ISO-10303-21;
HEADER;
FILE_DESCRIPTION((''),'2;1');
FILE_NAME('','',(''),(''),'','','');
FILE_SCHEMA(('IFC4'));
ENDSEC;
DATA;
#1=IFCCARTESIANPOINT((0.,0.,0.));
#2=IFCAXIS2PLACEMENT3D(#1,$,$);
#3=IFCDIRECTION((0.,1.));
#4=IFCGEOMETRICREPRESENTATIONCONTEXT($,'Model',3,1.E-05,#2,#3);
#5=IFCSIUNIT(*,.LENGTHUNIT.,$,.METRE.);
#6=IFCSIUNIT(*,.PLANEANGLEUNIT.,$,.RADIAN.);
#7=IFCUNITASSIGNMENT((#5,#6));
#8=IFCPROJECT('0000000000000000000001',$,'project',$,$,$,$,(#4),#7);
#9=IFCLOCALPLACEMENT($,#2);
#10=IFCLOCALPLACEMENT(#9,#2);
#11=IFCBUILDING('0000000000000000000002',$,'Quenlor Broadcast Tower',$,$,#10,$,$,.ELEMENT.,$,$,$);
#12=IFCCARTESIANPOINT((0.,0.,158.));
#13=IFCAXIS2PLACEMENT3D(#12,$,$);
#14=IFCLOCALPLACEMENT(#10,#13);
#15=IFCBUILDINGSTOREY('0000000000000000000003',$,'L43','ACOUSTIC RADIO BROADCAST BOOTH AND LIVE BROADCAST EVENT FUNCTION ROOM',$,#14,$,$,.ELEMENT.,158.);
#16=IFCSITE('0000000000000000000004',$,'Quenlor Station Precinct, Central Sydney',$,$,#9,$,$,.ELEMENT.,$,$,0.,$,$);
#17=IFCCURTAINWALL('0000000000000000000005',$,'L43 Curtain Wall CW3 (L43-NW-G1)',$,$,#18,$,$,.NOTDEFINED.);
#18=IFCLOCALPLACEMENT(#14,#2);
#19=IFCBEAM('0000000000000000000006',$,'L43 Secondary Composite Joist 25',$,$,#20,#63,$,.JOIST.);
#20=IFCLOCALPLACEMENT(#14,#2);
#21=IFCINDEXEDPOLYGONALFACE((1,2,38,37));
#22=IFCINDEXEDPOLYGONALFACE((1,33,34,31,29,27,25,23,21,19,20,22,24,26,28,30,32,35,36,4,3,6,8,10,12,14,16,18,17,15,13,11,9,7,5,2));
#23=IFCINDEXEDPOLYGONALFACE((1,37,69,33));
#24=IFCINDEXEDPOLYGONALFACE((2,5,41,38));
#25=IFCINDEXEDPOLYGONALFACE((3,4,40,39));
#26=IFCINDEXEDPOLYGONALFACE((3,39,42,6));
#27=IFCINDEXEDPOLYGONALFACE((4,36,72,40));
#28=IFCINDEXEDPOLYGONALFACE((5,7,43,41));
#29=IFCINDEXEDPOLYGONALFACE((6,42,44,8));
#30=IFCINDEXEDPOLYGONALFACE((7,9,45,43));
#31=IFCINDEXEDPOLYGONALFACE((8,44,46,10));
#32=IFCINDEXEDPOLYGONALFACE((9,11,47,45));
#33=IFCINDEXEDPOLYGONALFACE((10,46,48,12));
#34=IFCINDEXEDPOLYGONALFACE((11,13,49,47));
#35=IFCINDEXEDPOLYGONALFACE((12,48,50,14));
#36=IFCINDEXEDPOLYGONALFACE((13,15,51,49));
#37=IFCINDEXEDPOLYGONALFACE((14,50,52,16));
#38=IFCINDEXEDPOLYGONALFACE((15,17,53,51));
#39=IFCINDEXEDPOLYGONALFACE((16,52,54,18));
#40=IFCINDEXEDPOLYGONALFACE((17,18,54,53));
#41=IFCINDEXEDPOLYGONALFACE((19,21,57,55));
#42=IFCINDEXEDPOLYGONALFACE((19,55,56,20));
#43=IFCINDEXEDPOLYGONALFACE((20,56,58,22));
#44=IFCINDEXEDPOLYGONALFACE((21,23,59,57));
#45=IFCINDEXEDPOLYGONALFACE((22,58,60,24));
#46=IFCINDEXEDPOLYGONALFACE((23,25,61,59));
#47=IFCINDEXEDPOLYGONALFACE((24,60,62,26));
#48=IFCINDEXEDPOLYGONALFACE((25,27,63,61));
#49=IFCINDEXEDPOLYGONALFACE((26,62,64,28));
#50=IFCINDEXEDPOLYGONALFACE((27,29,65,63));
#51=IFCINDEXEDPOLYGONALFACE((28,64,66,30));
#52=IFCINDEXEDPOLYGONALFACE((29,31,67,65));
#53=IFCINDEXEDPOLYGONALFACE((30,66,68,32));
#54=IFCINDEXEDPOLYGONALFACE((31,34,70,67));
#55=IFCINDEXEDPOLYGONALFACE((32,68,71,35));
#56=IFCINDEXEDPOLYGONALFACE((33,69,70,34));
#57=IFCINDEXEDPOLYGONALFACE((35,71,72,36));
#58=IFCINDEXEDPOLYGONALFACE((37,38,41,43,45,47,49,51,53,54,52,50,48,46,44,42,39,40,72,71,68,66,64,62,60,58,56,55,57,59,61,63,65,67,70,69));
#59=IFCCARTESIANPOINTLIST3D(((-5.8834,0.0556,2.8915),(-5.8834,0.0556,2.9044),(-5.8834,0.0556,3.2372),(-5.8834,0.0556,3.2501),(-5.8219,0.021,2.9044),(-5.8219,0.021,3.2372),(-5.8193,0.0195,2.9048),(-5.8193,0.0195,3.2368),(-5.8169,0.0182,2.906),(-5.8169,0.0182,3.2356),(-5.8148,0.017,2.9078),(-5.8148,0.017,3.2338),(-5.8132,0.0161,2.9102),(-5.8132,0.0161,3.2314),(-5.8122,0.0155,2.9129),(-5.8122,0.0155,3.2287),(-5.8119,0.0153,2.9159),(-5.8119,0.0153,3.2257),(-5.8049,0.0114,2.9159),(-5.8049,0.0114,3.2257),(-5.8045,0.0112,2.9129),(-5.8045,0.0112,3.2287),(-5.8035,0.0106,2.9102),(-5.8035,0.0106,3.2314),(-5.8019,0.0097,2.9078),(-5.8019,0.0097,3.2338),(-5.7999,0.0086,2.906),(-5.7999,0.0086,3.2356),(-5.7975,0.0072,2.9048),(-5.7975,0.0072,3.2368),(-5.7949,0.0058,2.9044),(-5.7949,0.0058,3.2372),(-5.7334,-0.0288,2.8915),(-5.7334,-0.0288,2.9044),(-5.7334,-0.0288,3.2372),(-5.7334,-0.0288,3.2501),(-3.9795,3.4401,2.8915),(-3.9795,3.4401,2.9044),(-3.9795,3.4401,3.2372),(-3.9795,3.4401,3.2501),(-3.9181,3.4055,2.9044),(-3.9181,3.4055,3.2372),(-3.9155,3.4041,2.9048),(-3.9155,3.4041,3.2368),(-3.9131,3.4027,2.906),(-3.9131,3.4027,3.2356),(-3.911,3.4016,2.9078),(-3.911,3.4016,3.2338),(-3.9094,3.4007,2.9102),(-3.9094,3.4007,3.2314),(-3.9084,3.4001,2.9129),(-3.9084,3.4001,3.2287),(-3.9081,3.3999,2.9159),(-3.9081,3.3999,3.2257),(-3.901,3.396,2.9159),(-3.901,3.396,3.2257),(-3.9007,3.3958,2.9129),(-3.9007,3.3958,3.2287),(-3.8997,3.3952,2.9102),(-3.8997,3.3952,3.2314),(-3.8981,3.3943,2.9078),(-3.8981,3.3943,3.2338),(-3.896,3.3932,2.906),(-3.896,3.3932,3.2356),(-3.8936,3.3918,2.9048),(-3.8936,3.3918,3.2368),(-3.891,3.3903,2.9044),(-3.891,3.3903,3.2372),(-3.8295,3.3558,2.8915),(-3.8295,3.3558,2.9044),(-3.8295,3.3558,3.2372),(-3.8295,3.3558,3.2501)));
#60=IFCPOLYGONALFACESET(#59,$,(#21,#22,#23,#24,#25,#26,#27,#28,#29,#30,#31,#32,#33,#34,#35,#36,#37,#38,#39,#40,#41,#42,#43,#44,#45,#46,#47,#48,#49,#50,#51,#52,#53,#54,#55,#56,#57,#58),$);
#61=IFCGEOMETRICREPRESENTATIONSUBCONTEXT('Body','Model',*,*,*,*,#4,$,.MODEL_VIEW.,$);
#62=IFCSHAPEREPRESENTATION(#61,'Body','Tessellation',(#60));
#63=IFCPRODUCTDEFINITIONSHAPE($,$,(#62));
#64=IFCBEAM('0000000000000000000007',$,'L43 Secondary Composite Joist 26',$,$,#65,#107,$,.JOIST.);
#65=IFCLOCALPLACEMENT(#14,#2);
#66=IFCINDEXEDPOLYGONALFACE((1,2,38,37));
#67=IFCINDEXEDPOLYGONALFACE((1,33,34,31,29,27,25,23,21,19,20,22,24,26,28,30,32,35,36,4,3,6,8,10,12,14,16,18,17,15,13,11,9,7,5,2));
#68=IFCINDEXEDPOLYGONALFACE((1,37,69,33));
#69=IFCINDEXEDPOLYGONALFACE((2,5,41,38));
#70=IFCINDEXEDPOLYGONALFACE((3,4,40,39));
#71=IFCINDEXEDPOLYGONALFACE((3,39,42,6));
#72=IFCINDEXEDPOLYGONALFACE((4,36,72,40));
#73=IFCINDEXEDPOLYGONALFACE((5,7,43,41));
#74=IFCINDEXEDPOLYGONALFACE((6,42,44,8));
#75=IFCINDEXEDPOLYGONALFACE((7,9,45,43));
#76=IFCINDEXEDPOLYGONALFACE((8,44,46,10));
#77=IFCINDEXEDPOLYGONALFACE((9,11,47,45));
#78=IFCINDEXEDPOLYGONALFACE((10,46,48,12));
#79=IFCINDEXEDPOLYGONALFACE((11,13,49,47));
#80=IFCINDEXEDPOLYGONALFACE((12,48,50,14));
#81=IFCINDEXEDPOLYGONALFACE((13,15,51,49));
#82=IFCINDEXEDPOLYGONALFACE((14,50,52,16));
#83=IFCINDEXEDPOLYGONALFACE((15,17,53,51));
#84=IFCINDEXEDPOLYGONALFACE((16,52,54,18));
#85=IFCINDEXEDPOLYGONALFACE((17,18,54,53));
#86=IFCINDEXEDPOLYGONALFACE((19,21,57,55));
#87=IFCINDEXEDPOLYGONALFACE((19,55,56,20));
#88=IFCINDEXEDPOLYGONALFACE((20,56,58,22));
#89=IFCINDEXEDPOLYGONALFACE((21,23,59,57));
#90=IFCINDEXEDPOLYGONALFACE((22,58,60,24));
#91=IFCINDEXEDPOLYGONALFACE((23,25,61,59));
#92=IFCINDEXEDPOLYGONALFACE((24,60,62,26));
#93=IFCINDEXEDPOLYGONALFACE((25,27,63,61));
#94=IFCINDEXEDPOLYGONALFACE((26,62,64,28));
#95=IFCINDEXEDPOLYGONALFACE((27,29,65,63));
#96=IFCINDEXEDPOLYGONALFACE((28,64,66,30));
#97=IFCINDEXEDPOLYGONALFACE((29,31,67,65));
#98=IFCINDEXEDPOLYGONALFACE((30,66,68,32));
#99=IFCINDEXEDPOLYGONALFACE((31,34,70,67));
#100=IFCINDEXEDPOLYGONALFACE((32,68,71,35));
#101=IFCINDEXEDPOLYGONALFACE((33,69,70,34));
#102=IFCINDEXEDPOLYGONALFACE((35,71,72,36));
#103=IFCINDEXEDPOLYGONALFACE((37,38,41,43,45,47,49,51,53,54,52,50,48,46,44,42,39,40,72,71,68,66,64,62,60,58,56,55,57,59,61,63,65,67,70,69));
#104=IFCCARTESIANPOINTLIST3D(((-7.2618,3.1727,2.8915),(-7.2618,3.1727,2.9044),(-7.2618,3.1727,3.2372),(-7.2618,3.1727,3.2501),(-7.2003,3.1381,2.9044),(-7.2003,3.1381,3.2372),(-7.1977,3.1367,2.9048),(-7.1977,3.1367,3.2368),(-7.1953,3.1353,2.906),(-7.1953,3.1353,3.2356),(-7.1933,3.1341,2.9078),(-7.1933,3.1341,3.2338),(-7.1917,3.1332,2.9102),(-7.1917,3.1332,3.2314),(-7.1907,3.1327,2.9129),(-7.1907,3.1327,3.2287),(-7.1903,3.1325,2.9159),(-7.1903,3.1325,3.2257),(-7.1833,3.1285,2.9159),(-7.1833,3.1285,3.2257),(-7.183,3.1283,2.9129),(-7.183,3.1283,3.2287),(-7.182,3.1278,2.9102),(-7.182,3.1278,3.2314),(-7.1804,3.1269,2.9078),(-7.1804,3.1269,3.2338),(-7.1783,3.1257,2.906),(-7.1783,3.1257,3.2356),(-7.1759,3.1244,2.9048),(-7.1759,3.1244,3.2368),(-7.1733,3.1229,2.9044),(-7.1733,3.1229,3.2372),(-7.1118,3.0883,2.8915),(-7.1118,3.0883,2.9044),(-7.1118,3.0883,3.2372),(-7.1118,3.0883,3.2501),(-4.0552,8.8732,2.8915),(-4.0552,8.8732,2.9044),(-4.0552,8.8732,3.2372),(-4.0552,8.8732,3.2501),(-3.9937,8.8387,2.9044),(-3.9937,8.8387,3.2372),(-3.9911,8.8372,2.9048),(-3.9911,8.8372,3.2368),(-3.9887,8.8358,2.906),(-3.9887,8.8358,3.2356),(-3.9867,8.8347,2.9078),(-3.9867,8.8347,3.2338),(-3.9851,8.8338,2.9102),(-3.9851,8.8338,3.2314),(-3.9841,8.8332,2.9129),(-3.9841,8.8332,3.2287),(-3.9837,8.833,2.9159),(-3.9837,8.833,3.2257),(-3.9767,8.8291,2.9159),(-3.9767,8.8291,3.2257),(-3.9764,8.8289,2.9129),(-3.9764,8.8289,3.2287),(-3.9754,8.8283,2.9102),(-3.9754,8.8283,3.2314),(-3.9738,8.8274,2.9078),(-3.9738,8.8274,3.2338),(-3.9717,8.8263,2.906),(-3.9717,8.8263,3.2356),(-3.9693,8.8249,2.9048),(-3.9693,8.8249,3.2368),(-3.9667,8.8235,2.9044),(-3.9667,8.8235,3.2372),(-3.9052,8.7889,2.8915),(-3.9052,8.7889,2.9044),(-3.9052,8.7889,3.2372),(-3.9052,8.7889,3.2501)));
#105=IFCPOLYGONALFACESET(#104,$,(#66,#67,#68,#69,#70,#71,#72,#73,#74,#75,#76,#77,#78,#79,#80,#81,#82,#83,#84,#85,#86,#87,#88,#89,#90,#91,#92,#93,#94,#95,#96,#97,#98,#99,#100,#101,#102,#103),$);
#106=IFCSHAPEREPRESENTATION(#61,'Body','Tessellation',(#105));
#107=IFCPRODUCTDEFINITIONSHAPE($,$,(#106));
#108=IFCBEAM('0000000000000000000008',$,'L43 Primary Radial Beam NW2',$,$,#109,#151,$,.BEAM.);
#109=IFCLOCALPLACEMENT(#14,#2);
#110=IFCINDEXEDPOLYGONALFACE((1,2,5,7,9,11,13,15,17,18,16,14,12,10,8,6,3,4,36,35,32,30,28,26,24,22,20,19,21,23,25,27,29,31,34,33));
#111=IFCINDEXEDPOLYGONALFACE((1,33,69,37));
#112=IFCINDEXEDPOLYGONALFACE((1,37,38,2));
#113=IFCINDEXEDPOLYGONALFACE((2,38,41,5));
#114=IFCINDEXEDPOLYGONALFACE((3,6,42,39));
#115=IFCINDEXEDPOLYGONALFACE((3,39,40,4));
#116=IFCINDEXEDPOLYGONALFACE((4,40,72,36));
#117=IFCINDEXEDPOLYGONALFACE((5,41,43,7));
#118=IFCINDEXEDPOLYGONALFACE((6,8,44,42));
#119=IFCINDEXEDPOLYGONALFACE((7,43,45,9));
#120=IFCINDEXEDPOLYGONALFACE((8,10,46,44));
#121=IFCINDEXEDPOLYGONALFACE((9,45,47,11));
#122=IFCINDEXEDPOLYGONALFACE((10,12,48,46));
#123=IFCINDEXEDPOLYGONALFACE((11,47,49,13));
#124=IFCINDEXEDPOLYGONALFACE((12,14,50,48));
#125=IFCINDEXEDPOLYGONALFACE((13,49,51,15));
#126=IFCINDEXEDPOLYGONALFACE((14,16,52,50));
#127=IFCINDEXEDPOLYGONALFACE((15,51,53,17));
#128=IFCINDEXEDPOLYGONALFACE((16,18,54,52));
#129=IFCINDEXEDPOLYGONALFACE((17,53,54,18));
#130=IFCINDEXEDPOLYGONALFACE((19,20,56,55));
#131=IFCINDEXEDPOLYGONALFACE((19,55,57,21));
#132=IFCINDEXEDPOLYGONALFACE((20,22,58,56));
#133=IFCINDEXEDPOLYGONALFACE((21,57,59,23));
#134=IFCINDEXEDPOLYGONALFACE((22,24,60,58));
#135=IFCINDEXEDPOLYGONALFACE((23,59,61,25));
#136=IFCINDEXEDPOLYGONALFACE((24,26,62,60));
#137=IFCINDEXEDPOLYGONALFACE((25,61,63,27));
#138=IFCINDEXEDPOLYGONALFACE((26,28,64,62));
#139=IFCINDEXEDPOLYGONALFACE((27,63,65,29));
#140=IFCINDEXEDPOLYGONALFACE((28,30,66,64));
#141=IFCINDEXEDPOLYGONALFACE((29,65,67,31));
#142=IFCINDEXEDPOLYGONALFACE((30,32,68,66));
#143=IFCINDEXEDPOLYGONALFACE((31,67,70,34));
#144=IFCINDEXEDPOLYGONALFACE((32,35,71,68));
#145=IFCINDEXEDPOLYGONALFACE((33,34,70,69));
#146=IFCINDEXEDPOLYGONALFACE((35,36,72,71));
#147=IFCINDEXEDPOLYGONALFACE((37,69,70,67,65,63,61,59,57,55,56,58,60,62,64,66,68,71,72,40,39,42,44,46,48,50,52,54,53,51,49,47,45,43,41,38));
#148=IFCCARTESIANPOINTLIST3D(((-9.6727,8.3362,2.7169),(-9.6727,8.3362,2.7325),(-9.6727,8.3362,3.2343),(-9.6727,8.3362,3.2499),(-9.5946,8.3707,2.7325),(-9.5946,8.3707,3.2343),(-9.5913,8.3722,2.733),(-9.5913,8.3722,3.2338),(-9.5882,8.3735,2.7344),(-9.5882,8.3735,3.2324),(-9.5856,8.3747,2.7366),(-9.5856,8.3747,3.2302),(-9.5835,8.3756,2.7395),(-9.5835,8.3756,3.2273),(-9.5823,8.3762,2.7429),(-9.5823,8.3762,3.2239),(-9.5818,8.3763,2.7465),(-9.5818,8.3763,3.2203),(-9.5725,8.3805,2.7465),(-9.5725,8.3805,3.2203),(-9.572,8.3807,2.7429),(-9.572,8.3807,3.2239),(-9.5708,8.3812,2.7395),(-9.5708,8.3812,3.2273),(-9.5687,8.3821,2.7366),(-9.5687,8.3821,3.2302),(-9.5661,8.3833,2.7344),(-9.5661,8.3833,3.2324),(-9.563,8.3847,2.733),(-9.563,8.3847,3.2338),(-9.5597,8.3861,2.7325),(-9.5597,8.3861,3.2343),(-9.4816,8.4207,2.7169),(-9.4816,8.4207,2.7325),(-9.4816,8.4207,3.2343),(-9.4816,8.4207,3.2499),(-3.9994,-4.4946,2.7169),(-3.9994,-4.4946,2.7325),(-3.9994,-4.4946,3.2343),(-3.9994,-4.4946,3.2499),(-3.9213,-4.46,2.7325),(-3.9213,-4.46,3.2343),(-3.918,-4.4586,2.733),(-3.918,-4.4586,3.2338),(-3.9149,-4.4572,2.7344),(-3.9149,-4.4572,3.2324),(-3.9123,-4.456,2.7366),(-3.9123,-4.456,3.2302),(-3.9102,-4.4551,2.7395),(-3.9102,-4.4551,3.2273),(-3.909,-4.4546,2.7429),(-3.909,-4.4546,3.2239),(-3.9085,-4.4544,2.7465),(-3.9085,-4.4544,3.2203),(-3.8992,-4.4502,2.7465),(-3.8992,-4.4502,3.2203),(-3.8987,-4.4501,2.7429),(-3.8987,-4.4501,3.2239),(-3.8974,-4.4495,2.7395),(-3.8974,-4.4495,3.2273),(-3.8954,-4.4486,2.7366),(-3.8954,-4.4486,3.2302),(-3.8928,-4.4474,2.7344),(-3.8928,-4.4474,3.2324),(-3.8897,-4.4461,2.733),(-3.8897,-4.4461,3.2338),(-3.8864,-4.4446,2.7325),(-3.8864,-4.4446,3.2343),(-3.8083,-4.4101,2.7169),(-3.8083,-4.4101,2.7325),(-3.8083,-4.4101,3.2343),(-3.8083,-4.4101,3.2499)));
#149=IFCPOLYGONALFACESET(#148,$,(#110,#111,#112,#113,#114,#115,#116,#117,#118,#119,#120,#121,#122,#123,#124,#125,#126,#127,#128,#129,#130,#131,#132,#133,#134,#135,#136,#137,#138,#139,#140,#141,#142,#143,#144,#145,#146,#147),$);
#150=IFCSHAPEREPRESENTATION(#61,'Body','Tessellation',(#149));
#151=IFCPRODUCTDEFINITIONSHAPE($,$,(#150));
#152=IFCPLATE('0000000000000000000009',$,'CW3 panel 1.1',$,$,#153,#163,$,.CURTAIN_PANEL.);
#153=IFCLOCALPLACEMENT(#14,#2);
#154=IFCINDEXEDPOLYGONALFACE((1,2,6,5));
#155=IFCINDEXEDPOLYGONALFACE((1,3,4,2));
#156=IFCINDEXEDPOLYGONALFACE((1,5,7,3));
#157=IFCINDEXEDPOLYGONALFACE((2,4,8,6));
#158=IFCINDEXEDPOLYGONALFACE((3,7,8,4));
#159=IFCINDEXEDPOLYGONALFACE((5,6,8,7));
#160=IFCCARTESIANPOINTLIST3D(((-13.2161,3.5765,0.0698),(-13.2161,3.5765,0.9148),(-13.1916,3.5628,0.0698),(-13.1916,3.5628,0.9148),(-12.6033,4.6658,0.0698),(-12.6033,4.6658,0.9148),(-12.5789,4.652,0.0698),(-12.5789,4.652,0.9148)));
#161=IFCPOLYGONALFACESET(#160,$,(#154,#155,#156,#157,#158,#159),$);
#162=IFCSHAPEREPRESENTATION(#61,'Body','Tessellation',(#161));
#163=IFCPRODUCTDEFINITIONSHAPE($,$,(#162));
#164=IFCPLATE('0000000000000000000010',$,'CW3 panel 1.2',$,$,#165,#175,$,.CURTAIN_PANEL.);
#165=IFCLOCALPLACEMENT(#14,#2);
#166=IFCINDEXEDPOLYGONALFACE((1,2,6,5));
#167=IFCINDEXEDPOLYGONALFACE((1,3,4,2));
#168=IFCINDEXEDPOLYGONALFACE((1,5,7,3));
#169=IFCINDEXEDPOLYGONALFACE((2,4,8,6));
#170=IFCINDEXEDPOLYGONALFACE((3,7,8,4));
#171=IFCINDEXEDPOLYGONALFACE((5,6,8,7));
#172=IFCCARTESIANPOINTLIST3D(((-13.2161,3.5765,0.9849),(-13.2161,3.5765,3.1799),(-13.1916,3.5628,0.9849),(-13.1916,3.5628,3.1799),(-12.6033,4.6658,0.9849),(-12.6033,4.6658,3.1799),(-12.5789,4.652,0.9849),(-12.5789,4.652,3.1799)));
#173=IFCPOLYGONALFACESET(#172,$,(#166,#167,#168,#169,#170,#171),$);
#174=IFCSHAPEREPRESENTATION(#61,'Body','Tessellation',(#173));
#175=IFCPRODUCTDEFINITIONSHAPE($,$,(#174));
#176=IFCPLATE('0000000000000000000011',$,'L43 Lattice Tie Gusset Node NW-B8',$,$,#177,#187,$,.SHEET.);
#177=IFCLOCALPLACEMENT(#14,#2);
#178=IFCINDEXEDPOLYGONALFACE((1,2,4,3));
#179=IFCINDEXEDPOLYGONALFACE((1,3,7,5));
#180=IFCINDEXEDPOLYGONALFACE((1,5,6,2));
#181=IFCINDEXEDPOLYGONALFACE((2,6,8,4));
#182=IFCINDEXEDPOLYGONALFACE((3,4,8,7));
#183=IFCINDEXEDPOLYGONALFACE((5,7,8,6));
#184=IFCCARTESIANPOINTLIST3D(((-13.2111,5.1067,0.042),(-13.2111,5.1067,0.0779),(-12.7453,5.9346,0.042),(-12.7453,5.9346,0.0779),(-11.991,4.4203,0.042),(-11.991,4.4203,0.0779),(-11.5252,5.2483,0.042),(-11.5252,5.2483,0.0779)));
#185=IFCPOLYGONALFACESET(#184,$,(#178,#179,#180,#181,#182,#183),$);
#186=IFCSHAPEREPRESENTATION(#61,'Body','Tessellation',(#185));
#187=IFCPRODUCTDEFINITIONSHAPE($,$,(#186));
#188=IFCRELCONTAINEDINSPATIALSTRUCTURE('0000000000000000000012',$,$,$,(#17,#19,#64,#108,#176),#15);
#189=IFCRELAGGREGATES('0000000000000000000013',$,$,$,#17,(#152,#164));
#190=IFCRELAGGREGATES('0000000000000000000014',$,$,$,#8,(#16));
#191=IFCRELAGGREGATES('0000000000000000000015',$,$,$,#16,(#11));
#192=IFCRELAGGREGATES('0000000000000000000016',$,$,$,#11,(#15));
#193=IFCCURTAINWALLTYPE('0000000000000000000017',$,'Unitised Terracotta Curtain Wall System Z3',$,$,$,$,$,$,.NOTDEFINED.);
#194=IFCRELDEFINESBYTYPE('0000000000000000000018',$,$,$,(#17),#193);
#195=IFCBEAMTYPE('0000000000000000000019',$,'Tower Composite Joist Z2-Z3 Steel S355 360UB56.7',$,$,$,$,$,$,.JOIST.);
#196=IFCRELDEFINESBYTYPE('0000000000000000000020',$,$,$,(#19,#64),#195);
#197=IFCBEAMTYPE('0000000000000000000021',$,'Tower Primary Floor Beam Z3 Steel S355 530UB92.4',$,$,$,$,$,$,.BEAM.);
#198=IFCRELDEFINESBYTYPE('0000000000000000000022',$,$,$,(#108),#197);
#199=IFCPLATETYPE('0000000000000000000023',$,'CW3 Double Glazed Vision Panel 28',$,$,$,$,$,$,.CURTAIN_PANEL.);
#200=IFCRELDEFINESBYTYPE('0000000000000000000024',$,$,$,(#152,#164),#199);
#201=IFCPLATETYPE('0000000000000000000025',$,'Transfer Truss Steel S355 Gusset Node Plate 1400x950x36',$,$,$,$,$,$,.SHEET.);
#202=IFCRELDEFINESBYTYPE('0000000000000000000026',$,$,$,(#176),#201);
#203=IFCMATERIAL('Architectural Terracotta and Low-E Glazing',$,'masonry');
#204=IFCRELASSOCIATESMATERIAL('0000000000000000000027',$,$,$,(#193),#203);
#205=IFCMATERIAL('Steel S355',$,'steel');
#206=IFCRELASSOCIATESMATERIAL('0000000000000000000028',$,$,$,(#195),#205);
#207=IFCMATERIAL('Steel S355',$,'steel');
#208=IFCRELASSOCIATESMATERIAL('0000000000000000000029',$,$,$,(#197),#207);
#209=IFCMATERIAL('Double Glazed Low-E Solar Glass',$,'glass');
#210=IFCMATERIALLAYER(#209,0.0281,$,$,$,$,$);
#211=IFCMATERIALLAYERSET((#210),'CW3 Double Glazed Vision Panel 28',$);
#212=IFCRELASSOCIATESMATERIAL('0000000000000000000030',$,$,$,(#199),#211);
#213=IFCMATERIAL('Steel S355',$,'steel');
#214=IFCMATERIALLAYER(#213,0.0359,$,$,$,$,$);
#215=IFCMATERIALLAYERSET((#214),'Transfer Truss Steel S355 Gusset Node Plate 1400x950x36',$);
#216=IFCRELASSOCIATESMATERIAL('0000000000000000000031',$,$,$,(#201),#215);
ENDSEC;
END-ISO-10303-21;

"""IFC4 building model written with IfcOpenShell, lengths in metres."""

from ifc_helpers import new_model, si_unit, direction, frame, origin, origin_2d, place, context, subcontext, project, spatial, rectangle, i_section, extrude, material, layer, layer_set, material_profile, profile_set, type_object, element, aggregate, save


model = new_model("IFC4")

# Units and contexts
model_context = context("Model", 3, precision=1e-05, world=origin(), true_north=direction((0.0, 1.0)))
body_context = subcontext(model_context, "Body", "Model", "MODEL_VIEW")
ifc_project = project(units=[si_unit("LENGTHUNIT", "METRE"), si_unit("PLANEANGLEUNIT", "RADIAN")], contexts=[model_context])

# Site, building, storey
site_placement = place(None, origin())
site = spatial("IfcSite", under=ifc_project, at=site_placement, Name="Quenlor Station Precinct, Central Sydney", CompositionType="ELEMENT", RefElevation=0.0)
building_placement = place(site_placement, origin())
building = spatial("IfcBuilding", under=site, at=building_placement, Name="Quenlor Broadcast Tower", CompositionType="ELEMENT")
storey_placement = place(building_placement, frame((0.0, 0.0, 158.0)))
storey = spatial("IfcBuildingStorey", under=building, at=storey_placement, Name="L43", Description="ACOUSTIC RADIO BROADCAST BOOTH AND LIVE BROADCAST EVENT FUNCTION ROOM", CompositionType="ELEMENT", Elevation=158.0)

# Shared definitions
ifc_material_1 = material(Name="Architectural Terracotta and Low-E Glazing", Category="masonry")
curtain_wall_type = type_object("IfcCurtainWallType", Name="Unitised Terracotta Curtain Wall System Z3", PredefinedType="NOTDEFINED", material=ifc_material_1)

# Curtain wall
curtain_wall_1_placement = place(storey_placement, origin())
curtain_wall_1 = element("IfcCurtainWall", 1, at=curtain_wall_1_placement, inside=storey, type_object=curtain_wall_type, Name="L43 Curtain Wall CW3 (L43-NW-G1)", PredefinedType="NOTDEFINED")

# Beams
ifc_material_2 = material(Name="Steel S355", Category="steel")
ifc_material_profile_1 = material_profile(ifc_material_2, i_section(OverallWidth=0.1721, OverallDepth=0.3586, WebThickness=0.0081, FlangeThickness=0.0129, FilletRadius=0.0115, at=origin_2d()))
ifc_profile_set_1 = profile_set([ifc_material_profile_1], Name="Steel S355 360UB56.7")
beam_type_1 = type_object("IfcBeamType", Name="Tower Composite Joist Z2-Z3 Steel S355 360UB56.7", PredefinedType="JOIST", material=ifc_profile_set_1)
beam_1_placement = place(storey_placement, frame((-3.9045, 3.3979, 3.0708), z_axis=(-0.490264, -0.871574, 0.0), x_axis=(0.871574, -0.490264, 0.0)))
element("IfcBeam", 2, at=beam_1_placement, inside=storey, type_object=beam_type_1, Name="L43 Secondary Composite Joist 25", PredefinedType="JOIST", context=body_context, shape_type="SweptSolid", body=[
    extrude(i_section(OverallWidth=0.1721, OverallDepth=0.3586, WebThickness=0.0081, FlangeThickness=0.0129, FilletRadius=0.0115, at=origin_2d()), origin(), (0.0, 0.0, 1.0), 3.8833),
])
beam_2_placement = place(storey_placement, frame((-3.9802, 8.8311, 3.0708), z_axis=(-0.490267, -0.871573, 0.0), x_axis=(0.871573, -0.490267, 0.0)))
element("IfcBeam", 3, at=beam_2_placement, inside=storey, type_object=beam_type_1, Name="L43 Secondary Composite Joist 26", PredefinedType="JOIST", context=body_context, shape_type="SweptSolid", body=[
    extrude(i_section(OverallWidth=0.1721, OverallDepth=0.3586, WebThickness=0.0081, FlangeThickness=0.0129, FilletRadius=0.0115, at=origin_2d()), origin(), (0.0, 0.0, 1.0), 6.5405),
])
ifc_material_3 = material(Name="Steel S355", Category="steel")
ifc_material_profile_2 = material_profile(ifc_material_3, i_section(OverallWidth=0.209, OverallDepth=0.533, WebThickness=0.0103, FlangeThickness=0.0156, FilletRadius=0.0139, at=origin_2d()))
ifc_profile_set_2 = profile_set([ifc_material_profile_2], Name="Steel S355 530UB92.4")
beam_type_2 = type_object("IfcBeamType", Name="Tower Primary Floor Beam Z3 Steel S355 530UB92.4", PredefinedType="BEAM", material=ifc_profile_set_2)
beam_3_placement = place(storey_placement, frame((-9.5771, 8.3784, 2.9834), z_axis=(0.404397, -0.914583, 0.0), x_axis=(0.914583, 0.404397, 0.0)))
element("IfcBeam", 4, at=beam_3_placement, inside=storey, type_object=beam_type_2, Name="L43 Primary Radial Beam NW2", PredefinedType="BEAM", context=body_context, shape_type="SweptSolid", body=[
    extrude(i_section(OverallWidth=0.209, OverallDepth=0.533, WebThickness=0.0103, FlangeThickness=0.0156, FilletRadius=0.0139, at=origin_2d()), origin(), (0.0, 0.0, 1.0), 14.0291),
])

# Plates
ifc_material_4 = material(Name="Double Glazed Low-E Solar Glass", Category="glass")
ifc_layer_1 = layer(ifc_material_4, 0.0281)
ifc_layer_set_1 = layer_set([ifc_layer_1], Name="CW3 Double Glazed Vision Panel 28")
plate_type_1 = type_object("IfcPlateType", Name="CW3 Double Glazed Vision Panel 28", PredefinedType="CURTAIN_PANEL", material=ifc_layer_set_1)
plate_1_placement = place(storey_placement, frame((-12.8975, 4.1143, 0.0698), z_axis=(0.0, 0.0, 1.0), x_axis=(0.490285, 0.871562, 0.0)))
plate_1 = element("IfcPlate", 5, at=plate_1_placement, type_object=plate_type_1, Name="CW3 panel 1.1", PredefinedType="CURTAIN_PANEL", context=body_context, shape_type="SweptSolid", body=[
    extrude(rectangle(XDim=1.2498, YDim=0.0281, at=origin_2d()), origin(), (0.0, 0.0, 1.0), 0.845),
])
plate_2_placement = place(storey_placement, frame((-12.8975, 4.1143, 0.9849), z_axis=(0.0, 0.0, 1.0), x_axis=(0.490285, 0.871562, 0.0)))
plate_2 = element("IfcPlate", 6, at=plate_2_placement, type_object=plate_type_1, Name="CW3 panel 1.2", PredefinedType="CURTAIN_PANEL", context=body_context, shape_type="SweptSolid", body=[
    extrude(rectangle(XDim=1.2498, YDim=0.0281, at=origin_2d()), origin(), (0.0, 0.0, 1.0), 2.1951),
])
aggregate(curtain_wall_1, [plate_1, plate_2])

# Plate
ifc_material_5 = material(Name="Steel S355", Category="steel")
ifc_layer_2 = layer(ifc_material_5, 0.0359)
ifc_layer_set_2 = layer_set([ifc_layer_2], Name="Transfer Truss Steel S355 Gusset Node Plate 1400x950x36")
plate_type_2 = type_object("IfcPlateType", Name="Transfer Truss Steel S355 Gusset Node Plate 1400x950x36", PredefinedType="SHEET", material=ifc_layer_set_2)
for number, where, z_axis, x_axis, name in (
    (7, (-12.3682, 5.1775, 0.042), (0.0, 0.0, 1.0), (-0.871556, 0.490295, 0.0), "L43 Lattice Tie Gusset Node NW-B8"),
):
    element("IfcPlate", number, at=place(storey_placement, frame(where, z_axis=z_axis, x_axis=x_axis)), inside=storey, type_object=plate_type_2, Name=name, PredefinedType="SHEET", context=body_context, shape_type="SweptSolid", body=[
        extrude(rectangle(XDim=1.3999, YDim=0.95, at=origin_2d()), origin(), (0.0, 0.0, 1.0), 0.0359),
    ])

save(model, "model.ifc")
